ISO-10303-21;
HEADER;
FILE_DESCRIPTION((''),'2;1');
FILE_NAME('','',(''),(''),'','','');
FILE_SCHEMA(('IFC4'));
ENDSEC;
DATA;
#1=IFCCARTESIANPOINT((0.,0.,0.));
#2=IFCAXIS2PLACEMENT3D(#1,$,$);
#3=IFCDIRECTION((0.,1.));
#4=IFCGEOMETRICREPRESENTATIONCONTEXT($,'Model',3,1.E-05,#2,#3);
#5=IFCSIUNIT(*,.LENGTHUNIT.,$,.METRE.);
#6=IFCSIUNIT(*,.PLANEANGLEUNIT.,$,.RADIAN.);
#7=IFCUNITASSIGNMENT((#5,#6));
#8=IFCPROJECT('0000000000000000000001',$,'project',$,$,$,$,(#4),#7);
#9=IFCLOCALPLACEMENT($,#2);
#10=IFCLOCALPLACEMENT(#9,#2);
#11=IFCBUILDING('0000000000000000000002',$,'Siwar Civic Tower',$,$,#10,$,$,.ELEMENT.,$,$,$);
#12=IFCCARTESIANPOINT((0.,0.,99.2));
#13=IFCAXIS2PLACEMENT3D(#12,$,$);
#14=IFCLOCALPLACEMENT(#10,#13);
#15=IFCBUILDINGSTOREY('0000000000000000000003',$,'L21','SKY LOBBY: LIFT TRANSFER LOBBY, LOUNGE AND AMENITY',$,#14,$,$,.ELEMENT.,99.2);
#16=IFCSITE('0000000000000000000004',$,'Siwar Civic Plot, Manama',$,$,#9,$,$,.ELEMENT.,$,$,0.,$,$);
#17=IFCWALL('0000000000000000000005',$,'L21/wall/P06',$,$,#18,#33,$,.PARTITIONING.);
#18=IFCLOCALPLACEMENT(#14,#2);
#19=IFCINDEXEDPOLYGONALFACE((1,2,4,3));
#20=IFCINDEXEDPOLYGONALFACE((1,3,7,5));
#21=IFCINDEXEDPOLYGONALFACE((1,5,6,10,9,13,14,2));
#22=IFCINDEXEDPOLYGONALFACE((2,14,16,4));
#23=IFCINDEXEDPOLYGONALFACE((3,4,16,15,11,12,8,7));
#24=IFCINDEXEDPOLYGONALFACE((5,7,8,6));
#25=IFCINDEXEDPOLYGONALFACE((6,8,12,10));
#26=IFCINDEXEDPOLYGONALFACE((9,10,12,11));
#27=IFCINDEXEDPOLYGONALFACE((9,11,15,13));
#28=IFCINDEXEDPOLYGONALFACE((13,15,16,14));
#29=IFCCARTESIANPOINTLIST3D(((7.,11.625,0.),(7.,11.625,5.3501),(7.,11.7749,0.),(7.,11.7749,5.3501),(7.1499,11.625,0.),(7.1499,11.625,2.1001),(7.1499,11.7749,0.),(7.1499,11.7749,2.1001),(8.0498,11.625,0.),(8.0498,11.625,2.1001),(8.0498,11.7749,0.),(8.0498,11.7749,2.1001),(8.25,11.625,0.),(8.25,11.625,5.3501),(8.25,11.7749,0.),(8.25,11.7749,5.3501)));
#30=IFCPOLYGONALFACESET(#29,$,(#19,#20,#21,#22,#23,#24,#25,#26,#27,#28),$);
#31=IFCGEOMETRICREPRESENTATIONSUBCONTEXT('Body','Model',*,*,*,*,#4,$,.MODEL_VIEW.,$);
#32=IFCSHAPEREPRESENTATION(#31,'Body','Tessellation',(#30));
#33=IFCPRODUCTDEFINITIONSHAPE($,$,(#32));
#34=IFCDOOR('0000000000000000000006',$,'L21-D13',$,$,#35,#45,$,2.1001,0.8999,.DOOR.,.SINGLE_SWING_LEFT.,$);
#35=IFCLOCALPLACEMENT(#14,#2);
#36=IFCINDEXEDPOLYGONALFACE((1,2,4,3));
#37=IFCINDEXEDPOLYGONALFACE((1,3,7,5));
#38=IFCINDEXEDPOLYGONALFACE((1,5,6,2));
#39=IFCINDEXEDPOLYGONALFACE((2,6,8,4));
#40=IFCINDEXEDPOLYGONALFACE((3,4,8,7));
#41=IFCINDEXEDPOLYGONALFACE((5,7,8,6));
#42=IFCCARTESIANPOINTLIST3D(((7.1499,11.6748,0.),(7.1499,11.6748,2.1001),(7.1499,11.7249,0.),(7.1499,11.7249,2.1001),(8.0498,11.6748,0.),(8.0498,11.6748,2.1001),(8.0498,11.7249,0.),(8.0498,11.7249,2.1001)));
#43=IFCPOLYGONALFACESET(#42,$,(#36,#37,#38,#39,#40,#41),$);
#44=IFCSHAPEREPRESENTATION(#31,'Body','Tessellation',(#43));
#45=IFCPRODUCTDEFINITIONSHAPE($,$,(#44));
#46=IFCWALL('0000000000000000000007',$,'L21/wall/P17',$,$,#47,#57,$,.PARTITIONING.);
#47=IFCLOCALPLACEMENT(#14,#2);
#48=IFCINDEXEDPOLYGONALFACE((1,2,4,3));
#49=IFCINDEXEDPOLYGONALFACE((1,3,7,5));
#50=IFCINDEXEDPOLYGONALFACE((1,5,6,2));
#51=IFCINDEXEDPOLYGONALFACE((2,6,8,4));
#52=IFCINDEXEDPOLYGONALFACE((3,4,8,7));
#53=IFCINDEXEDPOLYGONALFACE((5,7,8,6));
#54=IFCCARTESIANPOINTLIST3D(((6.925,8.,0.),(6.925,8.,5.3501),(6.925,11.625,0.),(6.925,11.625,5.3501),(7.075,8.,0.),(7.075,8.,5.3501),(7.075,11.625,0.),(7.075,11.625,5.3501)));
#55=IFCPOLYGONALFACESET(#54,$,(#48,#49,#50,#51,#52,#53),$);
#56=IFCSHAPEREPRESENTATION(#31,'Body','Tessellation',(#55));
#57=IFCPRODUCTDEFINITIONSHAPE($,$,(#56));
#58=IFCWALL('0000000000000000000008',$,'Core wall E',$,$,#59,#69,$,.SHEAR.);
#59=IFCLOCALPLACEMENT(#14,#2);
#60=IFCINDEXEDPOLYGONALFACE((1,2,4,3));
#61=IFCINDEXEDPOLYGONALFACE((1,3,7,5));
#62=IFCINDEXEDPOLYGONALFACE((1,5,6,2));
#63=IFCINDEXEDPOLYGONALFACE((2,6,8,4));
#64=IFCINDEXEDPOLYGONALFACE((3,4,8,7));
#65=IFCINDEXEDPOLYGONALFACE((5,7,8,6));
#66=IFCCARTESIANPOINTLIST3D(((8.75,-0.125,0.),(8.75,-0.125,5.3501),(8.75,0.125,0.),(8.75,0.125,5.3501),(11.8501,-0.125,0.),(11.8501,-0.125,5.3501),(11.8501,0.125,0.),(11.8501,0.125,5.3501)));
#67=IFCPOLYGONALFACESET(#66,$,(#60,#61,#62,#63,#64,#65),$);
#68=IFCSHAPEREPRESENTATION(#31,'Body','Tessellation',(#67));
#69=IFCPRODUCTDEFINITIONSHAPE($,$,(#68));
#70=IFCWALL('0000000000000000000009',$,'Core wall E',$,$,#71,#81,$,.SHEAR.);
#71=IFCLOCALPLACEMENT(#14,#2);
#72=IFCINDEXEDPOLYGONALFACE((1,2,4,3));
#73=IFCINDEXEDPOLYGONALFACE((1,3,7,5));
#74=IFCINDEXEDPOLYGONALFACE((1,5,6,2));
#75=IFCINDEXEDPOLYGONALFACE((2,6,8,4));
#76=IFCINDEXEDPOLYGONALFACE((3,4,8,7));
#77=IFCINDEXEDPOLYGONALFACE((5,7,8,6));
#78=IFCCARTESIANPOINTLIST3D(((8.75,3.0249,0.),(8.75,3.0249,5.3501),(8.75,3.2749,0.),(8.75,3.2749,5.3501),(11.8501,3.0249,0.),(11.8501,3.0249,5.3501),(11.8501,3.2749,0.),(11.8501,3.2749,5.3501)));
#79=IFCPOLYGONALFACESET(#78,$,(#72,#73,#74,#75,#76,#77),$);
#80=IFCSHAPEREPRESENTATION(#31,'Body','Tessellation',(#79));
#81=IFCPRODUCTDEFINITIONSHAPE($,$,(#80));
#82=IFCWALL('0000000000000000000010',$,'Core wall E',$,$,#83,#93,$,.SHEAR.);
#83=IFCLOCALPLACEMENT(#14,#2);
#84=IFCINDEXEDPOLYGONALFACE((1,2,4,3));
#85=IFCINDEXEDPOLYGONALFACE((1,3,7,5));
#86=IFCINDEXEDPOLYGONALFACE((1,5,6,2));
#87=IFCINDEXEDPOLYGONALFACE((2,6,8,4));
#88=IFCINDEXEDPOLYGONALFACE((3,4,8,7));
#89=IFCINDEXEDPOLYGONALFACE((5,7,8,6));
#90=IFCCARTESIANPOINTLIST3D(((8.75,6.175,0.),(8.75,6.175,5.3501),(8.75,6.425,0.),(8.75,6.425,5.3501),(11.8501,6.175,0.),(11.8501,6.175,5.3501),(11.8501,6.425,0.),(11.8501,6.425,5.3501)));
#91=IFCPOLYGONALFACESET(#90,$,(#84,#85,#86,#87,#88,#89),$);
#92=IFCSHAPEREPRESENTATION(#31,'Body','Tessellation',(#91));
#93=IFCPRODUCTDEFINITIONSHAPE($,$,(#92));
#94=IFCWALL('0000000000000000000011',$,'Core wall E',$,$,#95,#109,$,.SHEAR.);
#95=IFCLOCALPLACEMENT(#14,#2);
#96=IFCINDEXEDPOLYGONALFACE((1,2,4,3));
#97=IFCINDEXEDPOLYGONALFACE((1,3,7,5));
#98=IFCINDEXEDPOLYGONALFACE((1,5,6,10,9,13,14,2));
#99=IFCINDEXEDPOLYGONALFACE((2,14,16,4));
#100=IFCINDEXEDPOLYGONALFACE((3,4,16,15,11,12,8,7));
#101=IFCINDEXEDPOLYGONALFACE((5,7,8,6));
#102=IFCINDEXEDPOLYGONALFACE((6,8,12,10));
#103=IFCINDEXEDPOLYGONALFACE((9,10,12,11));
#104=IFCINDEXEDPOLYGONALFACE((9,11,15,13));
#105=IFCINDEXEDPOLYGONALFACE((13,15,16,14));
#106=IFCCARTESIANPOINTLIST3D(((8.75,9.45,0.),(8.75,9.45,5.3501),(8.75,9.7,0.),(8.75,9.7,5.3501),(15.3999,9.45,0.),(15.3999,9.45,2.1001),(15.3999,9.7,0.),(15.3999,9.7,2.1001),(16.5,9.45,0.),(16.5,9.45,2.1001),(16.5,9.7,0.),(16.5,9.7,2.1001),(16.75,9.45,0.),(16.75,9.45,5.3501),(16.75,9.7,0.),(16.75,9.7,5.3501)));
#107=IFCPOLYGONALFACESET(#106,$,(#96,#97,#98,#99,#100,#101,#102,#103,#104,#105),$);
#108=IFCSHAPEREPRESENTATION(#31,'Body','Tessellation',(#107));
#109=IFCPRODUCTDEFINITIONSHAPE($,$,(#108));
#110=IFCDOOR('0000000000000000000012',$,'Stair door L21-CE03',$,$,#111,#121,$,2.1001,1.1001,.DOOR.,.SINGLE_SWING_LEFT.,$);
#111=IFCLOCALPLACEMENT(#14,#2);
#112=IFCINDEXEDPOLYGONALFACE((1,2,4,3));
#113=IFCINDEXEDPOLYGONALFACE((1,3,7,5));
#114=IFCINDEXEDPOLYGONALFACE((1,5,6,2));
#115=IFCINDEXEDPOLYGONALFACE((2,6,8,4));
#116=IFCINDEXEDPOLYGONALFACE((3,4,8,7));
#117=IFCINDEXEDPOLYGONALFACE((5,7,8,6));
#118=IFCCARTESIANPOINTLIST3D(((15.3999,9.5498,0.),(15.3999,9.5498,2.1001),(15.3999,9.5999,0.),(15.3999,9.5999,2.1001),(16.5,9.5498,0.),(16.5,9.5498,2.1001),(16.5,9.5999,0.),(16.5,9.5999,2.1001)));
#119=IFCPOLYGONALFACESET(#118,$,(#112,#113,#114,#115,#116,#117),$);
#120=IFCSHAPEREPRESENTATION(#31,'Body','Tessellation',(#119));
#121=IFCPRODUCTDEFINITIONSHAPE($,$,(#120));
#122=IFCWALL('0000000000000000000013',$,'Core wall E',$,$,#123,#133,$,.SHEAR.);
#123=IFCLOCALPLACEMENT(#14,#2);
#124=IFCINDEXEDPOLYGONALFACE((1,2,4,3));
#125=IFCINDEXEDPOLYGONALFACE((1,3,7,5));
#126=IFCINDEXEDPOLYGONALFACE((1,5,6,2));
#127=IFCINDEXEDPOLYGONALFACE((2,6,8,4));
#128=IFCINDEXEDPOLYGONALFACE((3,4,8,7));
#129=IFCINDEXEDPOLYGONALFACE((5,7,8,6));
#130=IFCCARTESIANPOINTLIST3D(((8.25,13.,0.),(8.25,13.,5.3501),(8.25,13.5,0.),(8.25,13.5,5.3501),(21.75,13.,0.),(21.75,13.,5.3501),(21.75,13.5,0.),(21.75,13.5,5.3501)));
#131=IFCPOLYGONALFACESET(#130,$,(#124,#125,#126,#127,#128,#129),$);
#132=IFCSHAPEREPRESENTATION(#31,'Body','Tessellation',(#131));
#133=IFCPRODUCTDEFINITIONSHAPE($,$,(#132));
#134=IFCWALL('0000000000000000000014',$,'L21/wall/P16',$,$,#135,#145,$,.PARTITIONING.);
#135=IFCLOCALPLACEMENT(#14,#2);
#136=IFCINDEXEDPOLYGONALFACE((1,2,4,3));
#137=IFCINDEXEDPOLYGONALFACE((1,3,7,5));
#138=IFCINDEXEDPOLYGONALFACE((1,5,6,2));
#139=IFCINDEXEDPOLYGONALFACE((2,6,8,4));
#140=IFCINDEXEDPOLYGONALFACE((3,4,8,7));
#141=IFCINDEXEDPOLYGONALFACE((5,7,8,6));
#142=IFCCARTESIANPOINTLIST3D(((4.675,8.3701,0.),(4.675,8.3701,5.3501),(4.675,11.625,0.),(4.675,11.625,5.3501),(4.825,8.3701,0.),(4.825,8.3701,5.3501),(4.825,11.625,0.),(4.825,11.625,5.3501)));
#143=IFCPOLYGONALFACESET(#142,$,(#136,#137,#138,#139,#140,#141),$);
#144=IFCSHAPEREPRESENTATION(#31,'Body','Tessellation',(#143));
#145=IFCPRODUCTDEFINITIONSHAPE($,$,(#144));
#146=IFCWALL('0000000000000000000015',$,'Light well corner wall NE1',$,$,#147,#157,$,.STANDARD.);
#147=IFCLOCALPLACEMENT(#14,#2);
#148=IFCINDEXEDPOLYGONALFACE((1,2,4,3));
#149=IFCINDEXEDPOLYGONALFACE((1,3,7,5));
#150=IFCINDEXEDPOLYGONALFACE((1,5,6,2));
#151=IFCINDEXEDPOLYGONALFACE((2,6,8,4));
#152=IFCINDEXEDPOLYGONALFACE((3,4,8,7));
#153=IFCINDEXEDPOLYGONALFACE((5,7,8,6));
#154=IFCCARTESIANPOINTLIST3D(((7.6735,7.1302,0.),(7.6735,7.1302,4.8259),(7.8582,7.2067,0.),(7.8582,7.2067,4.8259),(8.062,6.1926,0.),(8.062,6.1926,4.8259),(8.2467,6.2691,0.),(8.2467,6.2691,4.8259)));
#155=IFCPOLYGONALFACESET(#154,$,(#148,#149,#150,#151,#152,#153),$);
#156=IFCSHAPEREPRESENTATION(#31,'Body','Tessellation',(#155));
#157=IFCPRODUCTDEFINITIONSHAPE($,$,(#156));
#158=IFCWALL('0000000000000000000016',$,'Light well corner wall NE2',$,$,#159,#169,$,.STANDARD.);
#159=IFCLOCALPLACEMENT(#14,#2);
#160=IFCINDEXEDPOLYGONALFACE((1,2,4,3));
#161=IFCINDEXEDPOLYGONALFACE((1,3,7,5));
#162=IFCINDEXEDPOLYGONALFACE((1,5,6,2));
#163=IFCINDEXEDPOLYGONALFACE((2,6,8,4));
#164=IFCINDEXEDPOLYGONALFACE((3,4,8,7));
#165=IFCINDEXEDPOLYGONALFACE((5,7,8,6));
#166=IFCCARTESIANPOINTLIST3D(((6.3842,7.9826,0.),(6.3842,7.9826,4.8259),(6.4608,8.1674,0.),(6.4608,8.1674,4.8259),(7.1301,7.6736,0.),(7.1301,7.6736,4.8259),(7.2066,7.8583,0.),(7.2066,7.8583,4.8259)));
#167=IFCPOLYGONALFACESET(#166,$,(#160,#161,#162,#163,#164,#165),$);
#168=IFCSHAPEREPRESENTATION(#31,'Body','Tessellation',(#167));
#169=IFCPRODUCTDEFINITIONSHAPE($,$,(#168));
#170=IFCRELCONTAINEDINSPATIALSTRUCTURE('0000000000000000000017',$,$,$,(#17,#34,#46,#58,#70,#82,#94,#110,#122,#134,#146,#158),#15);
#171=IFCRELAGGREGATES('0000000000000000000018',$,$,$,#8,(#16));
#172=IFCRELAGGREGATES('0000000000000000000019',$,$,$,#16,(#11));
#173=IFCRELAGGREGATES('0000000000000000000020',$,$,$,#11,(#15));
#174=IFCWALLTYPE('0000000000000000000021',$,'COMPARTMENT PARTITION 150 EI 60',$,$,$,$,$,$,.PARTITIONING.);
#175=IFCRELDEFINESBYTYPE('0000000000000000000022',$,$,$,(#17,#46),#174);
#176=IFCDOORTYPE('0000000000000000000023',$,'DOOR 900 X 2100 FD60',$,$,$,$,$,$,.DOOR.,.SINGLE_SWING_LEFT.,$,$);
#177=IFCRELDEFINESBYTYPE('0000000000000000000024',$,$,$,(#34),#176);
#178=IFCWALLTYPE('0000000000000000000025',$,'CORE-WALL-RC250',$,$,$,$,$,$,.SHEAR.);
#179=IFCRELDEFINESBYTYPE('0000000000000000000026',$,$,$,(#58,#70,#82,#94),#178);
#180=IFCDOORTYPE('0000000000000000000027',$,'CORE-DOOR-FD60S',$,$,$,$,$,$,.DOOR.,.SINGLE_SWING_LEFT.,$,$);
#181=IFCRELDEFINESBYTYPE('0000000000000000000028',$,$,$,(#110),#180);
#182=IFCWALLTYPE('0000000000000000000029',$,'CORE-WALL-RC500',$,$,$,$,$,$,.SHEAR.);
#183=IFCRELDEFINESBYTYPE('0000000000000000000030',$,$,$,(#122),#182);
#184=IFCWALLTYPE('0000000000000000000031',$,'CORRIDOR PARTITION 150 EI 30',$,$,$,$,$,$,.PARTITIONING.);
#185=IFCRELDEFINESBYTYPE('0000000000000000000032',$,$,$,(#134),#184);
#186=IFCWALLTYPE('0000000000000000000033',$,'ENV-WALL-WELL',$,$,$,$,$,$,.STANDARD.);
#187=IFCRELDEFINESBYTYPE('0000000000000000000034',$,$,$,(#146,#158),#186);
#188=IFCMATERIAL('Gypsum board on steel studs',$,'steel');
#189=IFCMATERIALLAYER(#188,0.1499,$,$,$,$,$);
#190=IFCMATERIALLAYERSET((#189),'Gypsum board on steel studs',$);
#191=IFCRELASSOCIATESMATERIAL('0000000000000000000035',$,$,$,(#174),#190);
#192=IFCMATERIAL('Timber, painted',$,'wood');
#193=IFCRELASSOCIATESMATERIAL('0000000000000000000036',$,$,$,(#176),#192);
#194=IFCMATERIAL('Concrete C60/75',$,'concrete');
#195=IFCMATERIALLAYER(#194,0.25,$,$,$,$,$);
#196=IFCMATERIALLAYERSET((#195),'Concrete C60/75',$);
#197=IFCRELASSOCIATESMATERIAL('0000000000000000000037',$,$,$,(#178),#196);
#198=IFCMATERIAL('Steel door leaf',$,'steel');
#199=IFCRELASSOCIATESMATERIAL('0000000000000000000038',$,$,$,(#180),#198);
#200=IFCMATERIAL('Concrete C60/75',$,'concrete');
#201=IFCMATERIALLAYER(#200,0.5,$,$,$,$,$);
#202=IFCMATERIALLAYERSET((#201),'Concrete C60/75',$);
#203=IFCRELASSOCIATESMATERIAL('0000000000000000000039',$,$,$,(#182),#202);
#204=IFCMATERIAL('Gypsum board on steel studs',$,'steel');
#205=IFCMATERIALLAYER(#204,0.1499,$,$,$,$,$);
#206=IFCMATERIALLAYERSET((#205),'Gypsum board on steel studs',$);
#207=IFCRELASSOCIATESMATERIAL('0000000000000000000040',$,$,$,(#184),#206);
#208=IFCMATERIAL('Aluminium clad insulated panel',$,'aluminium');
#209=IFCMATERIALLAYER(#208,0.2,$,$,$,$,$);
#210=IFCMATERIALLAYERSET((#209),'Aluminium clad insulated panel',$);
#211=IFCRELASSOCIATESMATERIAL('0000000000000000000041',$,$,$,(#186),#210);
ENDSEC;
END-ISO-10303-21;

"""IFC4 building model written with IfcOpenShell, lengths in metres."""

from ifc_helpers import new_model, si_unit, direction, frame, frame_2d, origin, place, context, subcontext, project, spatial, rectangle, extrude, material, layer, layer_set, type_object, element, fill, save


model = new_model("IFC4")

# Units and contexts
model_context = context("Model", 3, precision=1e-05, world=origin(), true_north=direction((0.0, 1.0)))
body_context = subcontext(model_context, "Body", "Model", "MODEL_VIEW")
ifc_project = project(units=[si_unit("LENGTHUNIT", "METRE"), si_unit("PLANEANGLEUNIT", "RADIAN")], contexts=[model_context])

# Site, building, storey
site_placement = place(None, origin())
site = spatial("IfcSite", under=ifc_project, at=site_placement, Name="Siwar Civic Plot, Manama", CompositionType="ELEMENT", RefElevation=0.0)
building_placement = place(site_placement, origin())
building = spatial("IfcBuilding", under=site, at=building_placement, Name="Siwar Civic Tower", CompositionType="ELEMENT")
storey_placement = place(building_placement, frame((0.0, 0.0, 99.2)))
storey = spatial("IfcBuildingStorey", under=building, at=storey_placement, Name="L21", Description="SKY LOBBY: LIFT TRANSFER LOBBY, LOUNGE AND AMENITY", CompositionType="ELEMENT", Elevation=99.2)

# Wall, opening, door
ifc_material_1 = material(Name="Gypsum board on steel studs", Category="steel")
ifc_layer_1 = layer(ifc_material_1, 0.1499)
ifc_layer_set_1 = layer_set([ifc_layer_1], Name="Gypsum board on steel studs")
wall_type_1 = type_object("IfcWallType", Name="COMPARTMENT PARTITION 150 EI 60", PredefinedType="PARTITIONING", material=ifc_layer_set_1)
wall_1_placement = place(storey_placement, frame((7.0, 11.7, 0.0), z_axis=(0.0, 0.0, 1.0), x_axis=(1.0, 0.0, 0.0)))
wall_1 = element("IfcWall", 1, at=wall_1_placement, inside=storey, type_object=wall_type_1, Name="L21/wall/P06", PredefinedType="PARTITIONING", context=body_context, shape_type="SweptSolid", body=[
    extrude(rectangle(XDim=1.25, YDim=0.1499, at=frame_2d((0.625, 0.0))), origin(), (0.0, 0.0, 1.0), 5.3501),
])
opening_1_placement = place(wall_1_placement, frame((0.1499, 0.0, 0.0)))
opening_1 = element("IfcOpeningElement", 2, at=opening_1_placement, cuts=wall_1, PredefinedType="OPENING", context=body_context, shape_type="SweptSolid", body=[
    extrude(rectangle(XDim=0.8999, YDim=2.1001, at=frame_2d((0.45, 1.05))), frame((0.0, 0.085, 0.0), z_axis=(0.0, -1.0, 0.0), x_axis=(1.0, 0.0, 0.0)), (0.0, 0.0, 1.0), 0.1699),
])
ifc_material_2 = material(Name="Timber, painted", Category="wood")
door_type_1 = type_object("IfcDoorType", Name="DOOR 900 X 2100 FD60", OperationType="SINGLE_SWING_LEFT", PredefinedType="DOOR", material=ifc_material_2)
door_1_placement = place(opening_1_placement, origin())
door_1 = element("IfcDoor", 3, at=door_1_placement, inside=storey, type_object=door_type_1, Name="L21-D13", OperationType="SINGLE_SWING_LEFT", OverallHeight=2.1001, OverallWidth=0.8999, PredefinedType="DOOR", context=body_context, shape_type="SweptSolid", body=[
    extrude(rectangle(XDim=0.8999, YDim=2.1001, at=frame_2d((0.45, 1.05))), frame((0.0, 0.0249, 0.0), z_axis=(0.0, -1.0, 0.0), x_axis=(1.0, 0.0, 0.0)), (0.0, 0.0, 1.0), 0.05),
])
fill(opening_1, door_1)

# Walls
wall_2_placement = place(storey_placement, frame((7.0, 8.0, 0.0), z_axis=(0.0, 0.0, 1.0), x_axis=(0.0, 1.0, 0.0)))
element("IfcWall", 4, at=wall_2_placement, inside=storey, type_object=wall_type_1, Name="L21/wall/P17", PredefinedType="PARTITIONING", context=body_context, shape_type="SweptSolid", body=[
    extrude(rectangle(XDim=3.625, YDim=0.1499, at=frame_2d((1.8125, 0.0))), origin(), (0.0, 0.0, 1.0), 5.3501),
])
ifc_material_3 = material(Name="Concrete C60/75", Category="concrete")
ifc_layer_2 = layer(ifc_material_3, 0.25)
ifc_layer_set_2 = layer_set([ifc_layer_2], Name="Concrete C60/75")
wall_type_2 = type_object("IfcWallType", Name="CORE-WALL-RC250", PredefinedType="SHEAR", material=ifc_layer_set_2)
for number, where, z_axis, x_axis, name in (
    (5, (8.75, 0.0, 0.0), (0.0, 0.0, 1.0), (1.0, 0.0, 0.0), "Core wall E"),
    (6, (8.75, 3.1499, 0.0), (0.0, 0.0, 1.0), (1.0, 0.0, 0.0), "Core wall E"),
    (7, (8.75, 6.3, 0.0), (0.0, 0.0, 1.0), (1.0, 0.0, 0.0), "Core wall E"),
):
    element("IfcWall", number, at=place(storey_placement, frame(where, z_axis=z_axis, x_axis=x_axis)), inside=storey, type_object=wall_type_2, Name=name, PredefinedType="SHEAR", context=body_context, shape_type="SweptSolid", body=[
        extrude(rectangle(XDim=3.1001, YDim=0.25, at=frame_2d((1.55, 0.0))), origin(), (0.0, 0.0, 1.0), 5.3501),
    ])

# Wall, opening, door
wall_3_placement = place(storey_placement, frame((8.75, 9.575, 0.0), z_axis=(0.0, 0.0, 1.0), x_axis=(1.0, 0.0, 0.0)))
wall_3 = element("IfcWall", 8, at=wall_3_placement, inside=storey, type_object=wall_type_2, Name="Core wall E", PredefinedType="SHEAR", context=body_context, shape_type="SweptSolid", body=[
    extrude(rectangle(XDim=8.0, YDim=0.25, at=frame_2d((4.0, 0.0))), origin(), (0.0, 0.0, 1.0), 5.3501),
])
opening_2_placement = place(wall_3_placement, frame((6.6499, 0.0, 0.0)))
opening_2 = element("IfcOpeningElement", 9, at=opening_2_placement, cuts=wall_3, PredefinedType="OPENING", context=body_context, shape_type="SweptSolid", body=[
    extrude(rectangle(XDim=1.1001, YDim=2.1001, at=frame_2d((0.55, 1.05))), frame((0.0, 0.135, 0.0), z_axis=(0.0, -1.0, 0.0), x_axis=(1.0, 0.0, 0.0)), (0.0, 0.0, 1.0), 0.27),
])
ifc_material_4 = material(Name="Steel door leaf", Category="steel")
door_type_2 = type_object("IfcDoorType", Name="CORE-DOOR-FD60S", OperationType="SINGLE_SWING_LEFT", PredefinedType="DOOR", material=ifc_material_4)
door_2_placement = place(opening_2_placement, origin())
door_2 = element("IfcDoor", 10, at=door_2_placement, inside=storey, type_object=door_type_2, Name="Stair door L21-CE03", OperationType="SINGLE_SWING_LEFT", OverallHeight=2.1001, OverallWidth=1.1001, PredefinedType="DOOR", context=body_context, shape_type="SweptSolid", body=[
    extrude(rectangle(XDim=1.1001, YDim=2.1001, at=frame_2d((0.55, 1.05))), frame((0.0, 0.0249, 0.0), z_axis=(0.0, -1.0, 0.0), x_axis=(1.0, 0.0, 0.0)), (0.0, 0.0, 1.0), 0.05),
])
fill(opening_2, door_2)

# Walls
ifc_material_5 = material(Name="Concrete C60/75", Category="concrete")
ifc_layer_3 = layer(ifc_material_5, 0.5)
ifc_layer_set_3 = layer_set([ifc_layer_3], Name="Concrete C60/75")
wall_type_3 = type_object("IfcWallType", Name="CORE-WALL-RC500", PredefinedType="SHEAR", material=ifc_layer_set_3)
wall_4_placement = place(storey_placement, frame((8.25, 13.25, 0.0), z_axis=(0.0, 0.0, 1.0), x_axis=(1.0, 0.0, 0.0)))
element("IfcWall", 11, at=wall_4_placement, inside=storey, type_object=wall_type_3, Name="Core wall E", PredefinedType="SHEAR", context=body_context, shape_type="SweptSolid", body=[
    extrude(rectangle(XDim=13.5, YDim=0.5, at=frame_2d((6.75, 0.0))), origin(), (0.0, 0.0, 1.0), 5.3501),
])
ifc_material_6 = material(Name="Gypsum board on steel studs", Category="steel")
ifc_layer_4 = layer(ifc_material_6, 0.1499)
ifc_layer_set_4 = layer_set([ifc_layer_4], Name="Gypsum board on steel studs")
wall_type_4 = type_object("IfcWallType", Name="CORRIDOR PARTITION 150 EI 30", PredefinedType="PARTITIONING", material=ifc_layer_set_4)
wall_5_placement = place(storey_placement, frame((4.75, 8.3701, 0.0), z_axis=(0.0, 0.0, 1.0), x_axis=(0.0, 1.0, 0.0)))
element("IfcWall", 12, at=wall_5_placement, inside=storey, type_object=wall_type_4, Name="L21/wall/P16", PredefinedType="PARTITIONING", context=body_context, shape_type="SweptSolid", body=[
    extrude(rectangle(XDim=3.2549, YDim=0.1499, at=frame_2d((1.6274, 0.0))), origin(), (0.0, 0.0, 1.0), 5.3501),
])
ifc_material_7 = material(Name="Aluminium clad insulated panel", Category="aluminium")
ifc_layer_5 = layer(ifc_material_7, 0.2)
ifc_layer_set_5 = layer_set([ifc_layer_5], Name="Aluminium clad insulated panel")
wall_type_5 = type_object("IfcWallType", Name="ENV-WALL-WELL", PredefinedType="STANDARD", material=ifc_layer_set_5)
wall_6_placement = place(storey_placement, frame((8.1543, 6.231, 0.0), z_axis=(0.0, 0.0, 1.0), x_axis=(-0.38277, 0.923844, 0.0)))
element("IfcWall", 13, at=wall_6_placement, inside=storey, type_object=wall_type_5, Name="Light well corner wall NE1", PredefinedType="STANDARD", context=body_context, shape_type="SweptSolid", body=[
    extrude(rectangle(XDim=1.0149, YDim=0.2, at=frame_2d((0.5073, 0.0))), origin(), (0.0, 0.0, 1.0), 4.8259),
])
wall_7_placement = place(storey_placement, frame((7.1685, 7.7659, 0.0), z_axis=(0.0, 0.0, 1.0), x_axis=(-0.923818, 0.382833, 0.0)))
element("IfcWall", 14, at=wall_7_placement, inside=storey, type_object=wall_type_5, Name="Light well corner wall NE2", PredefinedType="STANDARD", context=body_context, shape_type="SweptSolid", body=[
    extrude(rectangle(XDim=0.8074, YDim=0.2, at=frame_2d((0.4038, 0.0))), origin(), (0.0, 0.0, 1.0), 4.8259),
])

save(model, "model.ifc")
